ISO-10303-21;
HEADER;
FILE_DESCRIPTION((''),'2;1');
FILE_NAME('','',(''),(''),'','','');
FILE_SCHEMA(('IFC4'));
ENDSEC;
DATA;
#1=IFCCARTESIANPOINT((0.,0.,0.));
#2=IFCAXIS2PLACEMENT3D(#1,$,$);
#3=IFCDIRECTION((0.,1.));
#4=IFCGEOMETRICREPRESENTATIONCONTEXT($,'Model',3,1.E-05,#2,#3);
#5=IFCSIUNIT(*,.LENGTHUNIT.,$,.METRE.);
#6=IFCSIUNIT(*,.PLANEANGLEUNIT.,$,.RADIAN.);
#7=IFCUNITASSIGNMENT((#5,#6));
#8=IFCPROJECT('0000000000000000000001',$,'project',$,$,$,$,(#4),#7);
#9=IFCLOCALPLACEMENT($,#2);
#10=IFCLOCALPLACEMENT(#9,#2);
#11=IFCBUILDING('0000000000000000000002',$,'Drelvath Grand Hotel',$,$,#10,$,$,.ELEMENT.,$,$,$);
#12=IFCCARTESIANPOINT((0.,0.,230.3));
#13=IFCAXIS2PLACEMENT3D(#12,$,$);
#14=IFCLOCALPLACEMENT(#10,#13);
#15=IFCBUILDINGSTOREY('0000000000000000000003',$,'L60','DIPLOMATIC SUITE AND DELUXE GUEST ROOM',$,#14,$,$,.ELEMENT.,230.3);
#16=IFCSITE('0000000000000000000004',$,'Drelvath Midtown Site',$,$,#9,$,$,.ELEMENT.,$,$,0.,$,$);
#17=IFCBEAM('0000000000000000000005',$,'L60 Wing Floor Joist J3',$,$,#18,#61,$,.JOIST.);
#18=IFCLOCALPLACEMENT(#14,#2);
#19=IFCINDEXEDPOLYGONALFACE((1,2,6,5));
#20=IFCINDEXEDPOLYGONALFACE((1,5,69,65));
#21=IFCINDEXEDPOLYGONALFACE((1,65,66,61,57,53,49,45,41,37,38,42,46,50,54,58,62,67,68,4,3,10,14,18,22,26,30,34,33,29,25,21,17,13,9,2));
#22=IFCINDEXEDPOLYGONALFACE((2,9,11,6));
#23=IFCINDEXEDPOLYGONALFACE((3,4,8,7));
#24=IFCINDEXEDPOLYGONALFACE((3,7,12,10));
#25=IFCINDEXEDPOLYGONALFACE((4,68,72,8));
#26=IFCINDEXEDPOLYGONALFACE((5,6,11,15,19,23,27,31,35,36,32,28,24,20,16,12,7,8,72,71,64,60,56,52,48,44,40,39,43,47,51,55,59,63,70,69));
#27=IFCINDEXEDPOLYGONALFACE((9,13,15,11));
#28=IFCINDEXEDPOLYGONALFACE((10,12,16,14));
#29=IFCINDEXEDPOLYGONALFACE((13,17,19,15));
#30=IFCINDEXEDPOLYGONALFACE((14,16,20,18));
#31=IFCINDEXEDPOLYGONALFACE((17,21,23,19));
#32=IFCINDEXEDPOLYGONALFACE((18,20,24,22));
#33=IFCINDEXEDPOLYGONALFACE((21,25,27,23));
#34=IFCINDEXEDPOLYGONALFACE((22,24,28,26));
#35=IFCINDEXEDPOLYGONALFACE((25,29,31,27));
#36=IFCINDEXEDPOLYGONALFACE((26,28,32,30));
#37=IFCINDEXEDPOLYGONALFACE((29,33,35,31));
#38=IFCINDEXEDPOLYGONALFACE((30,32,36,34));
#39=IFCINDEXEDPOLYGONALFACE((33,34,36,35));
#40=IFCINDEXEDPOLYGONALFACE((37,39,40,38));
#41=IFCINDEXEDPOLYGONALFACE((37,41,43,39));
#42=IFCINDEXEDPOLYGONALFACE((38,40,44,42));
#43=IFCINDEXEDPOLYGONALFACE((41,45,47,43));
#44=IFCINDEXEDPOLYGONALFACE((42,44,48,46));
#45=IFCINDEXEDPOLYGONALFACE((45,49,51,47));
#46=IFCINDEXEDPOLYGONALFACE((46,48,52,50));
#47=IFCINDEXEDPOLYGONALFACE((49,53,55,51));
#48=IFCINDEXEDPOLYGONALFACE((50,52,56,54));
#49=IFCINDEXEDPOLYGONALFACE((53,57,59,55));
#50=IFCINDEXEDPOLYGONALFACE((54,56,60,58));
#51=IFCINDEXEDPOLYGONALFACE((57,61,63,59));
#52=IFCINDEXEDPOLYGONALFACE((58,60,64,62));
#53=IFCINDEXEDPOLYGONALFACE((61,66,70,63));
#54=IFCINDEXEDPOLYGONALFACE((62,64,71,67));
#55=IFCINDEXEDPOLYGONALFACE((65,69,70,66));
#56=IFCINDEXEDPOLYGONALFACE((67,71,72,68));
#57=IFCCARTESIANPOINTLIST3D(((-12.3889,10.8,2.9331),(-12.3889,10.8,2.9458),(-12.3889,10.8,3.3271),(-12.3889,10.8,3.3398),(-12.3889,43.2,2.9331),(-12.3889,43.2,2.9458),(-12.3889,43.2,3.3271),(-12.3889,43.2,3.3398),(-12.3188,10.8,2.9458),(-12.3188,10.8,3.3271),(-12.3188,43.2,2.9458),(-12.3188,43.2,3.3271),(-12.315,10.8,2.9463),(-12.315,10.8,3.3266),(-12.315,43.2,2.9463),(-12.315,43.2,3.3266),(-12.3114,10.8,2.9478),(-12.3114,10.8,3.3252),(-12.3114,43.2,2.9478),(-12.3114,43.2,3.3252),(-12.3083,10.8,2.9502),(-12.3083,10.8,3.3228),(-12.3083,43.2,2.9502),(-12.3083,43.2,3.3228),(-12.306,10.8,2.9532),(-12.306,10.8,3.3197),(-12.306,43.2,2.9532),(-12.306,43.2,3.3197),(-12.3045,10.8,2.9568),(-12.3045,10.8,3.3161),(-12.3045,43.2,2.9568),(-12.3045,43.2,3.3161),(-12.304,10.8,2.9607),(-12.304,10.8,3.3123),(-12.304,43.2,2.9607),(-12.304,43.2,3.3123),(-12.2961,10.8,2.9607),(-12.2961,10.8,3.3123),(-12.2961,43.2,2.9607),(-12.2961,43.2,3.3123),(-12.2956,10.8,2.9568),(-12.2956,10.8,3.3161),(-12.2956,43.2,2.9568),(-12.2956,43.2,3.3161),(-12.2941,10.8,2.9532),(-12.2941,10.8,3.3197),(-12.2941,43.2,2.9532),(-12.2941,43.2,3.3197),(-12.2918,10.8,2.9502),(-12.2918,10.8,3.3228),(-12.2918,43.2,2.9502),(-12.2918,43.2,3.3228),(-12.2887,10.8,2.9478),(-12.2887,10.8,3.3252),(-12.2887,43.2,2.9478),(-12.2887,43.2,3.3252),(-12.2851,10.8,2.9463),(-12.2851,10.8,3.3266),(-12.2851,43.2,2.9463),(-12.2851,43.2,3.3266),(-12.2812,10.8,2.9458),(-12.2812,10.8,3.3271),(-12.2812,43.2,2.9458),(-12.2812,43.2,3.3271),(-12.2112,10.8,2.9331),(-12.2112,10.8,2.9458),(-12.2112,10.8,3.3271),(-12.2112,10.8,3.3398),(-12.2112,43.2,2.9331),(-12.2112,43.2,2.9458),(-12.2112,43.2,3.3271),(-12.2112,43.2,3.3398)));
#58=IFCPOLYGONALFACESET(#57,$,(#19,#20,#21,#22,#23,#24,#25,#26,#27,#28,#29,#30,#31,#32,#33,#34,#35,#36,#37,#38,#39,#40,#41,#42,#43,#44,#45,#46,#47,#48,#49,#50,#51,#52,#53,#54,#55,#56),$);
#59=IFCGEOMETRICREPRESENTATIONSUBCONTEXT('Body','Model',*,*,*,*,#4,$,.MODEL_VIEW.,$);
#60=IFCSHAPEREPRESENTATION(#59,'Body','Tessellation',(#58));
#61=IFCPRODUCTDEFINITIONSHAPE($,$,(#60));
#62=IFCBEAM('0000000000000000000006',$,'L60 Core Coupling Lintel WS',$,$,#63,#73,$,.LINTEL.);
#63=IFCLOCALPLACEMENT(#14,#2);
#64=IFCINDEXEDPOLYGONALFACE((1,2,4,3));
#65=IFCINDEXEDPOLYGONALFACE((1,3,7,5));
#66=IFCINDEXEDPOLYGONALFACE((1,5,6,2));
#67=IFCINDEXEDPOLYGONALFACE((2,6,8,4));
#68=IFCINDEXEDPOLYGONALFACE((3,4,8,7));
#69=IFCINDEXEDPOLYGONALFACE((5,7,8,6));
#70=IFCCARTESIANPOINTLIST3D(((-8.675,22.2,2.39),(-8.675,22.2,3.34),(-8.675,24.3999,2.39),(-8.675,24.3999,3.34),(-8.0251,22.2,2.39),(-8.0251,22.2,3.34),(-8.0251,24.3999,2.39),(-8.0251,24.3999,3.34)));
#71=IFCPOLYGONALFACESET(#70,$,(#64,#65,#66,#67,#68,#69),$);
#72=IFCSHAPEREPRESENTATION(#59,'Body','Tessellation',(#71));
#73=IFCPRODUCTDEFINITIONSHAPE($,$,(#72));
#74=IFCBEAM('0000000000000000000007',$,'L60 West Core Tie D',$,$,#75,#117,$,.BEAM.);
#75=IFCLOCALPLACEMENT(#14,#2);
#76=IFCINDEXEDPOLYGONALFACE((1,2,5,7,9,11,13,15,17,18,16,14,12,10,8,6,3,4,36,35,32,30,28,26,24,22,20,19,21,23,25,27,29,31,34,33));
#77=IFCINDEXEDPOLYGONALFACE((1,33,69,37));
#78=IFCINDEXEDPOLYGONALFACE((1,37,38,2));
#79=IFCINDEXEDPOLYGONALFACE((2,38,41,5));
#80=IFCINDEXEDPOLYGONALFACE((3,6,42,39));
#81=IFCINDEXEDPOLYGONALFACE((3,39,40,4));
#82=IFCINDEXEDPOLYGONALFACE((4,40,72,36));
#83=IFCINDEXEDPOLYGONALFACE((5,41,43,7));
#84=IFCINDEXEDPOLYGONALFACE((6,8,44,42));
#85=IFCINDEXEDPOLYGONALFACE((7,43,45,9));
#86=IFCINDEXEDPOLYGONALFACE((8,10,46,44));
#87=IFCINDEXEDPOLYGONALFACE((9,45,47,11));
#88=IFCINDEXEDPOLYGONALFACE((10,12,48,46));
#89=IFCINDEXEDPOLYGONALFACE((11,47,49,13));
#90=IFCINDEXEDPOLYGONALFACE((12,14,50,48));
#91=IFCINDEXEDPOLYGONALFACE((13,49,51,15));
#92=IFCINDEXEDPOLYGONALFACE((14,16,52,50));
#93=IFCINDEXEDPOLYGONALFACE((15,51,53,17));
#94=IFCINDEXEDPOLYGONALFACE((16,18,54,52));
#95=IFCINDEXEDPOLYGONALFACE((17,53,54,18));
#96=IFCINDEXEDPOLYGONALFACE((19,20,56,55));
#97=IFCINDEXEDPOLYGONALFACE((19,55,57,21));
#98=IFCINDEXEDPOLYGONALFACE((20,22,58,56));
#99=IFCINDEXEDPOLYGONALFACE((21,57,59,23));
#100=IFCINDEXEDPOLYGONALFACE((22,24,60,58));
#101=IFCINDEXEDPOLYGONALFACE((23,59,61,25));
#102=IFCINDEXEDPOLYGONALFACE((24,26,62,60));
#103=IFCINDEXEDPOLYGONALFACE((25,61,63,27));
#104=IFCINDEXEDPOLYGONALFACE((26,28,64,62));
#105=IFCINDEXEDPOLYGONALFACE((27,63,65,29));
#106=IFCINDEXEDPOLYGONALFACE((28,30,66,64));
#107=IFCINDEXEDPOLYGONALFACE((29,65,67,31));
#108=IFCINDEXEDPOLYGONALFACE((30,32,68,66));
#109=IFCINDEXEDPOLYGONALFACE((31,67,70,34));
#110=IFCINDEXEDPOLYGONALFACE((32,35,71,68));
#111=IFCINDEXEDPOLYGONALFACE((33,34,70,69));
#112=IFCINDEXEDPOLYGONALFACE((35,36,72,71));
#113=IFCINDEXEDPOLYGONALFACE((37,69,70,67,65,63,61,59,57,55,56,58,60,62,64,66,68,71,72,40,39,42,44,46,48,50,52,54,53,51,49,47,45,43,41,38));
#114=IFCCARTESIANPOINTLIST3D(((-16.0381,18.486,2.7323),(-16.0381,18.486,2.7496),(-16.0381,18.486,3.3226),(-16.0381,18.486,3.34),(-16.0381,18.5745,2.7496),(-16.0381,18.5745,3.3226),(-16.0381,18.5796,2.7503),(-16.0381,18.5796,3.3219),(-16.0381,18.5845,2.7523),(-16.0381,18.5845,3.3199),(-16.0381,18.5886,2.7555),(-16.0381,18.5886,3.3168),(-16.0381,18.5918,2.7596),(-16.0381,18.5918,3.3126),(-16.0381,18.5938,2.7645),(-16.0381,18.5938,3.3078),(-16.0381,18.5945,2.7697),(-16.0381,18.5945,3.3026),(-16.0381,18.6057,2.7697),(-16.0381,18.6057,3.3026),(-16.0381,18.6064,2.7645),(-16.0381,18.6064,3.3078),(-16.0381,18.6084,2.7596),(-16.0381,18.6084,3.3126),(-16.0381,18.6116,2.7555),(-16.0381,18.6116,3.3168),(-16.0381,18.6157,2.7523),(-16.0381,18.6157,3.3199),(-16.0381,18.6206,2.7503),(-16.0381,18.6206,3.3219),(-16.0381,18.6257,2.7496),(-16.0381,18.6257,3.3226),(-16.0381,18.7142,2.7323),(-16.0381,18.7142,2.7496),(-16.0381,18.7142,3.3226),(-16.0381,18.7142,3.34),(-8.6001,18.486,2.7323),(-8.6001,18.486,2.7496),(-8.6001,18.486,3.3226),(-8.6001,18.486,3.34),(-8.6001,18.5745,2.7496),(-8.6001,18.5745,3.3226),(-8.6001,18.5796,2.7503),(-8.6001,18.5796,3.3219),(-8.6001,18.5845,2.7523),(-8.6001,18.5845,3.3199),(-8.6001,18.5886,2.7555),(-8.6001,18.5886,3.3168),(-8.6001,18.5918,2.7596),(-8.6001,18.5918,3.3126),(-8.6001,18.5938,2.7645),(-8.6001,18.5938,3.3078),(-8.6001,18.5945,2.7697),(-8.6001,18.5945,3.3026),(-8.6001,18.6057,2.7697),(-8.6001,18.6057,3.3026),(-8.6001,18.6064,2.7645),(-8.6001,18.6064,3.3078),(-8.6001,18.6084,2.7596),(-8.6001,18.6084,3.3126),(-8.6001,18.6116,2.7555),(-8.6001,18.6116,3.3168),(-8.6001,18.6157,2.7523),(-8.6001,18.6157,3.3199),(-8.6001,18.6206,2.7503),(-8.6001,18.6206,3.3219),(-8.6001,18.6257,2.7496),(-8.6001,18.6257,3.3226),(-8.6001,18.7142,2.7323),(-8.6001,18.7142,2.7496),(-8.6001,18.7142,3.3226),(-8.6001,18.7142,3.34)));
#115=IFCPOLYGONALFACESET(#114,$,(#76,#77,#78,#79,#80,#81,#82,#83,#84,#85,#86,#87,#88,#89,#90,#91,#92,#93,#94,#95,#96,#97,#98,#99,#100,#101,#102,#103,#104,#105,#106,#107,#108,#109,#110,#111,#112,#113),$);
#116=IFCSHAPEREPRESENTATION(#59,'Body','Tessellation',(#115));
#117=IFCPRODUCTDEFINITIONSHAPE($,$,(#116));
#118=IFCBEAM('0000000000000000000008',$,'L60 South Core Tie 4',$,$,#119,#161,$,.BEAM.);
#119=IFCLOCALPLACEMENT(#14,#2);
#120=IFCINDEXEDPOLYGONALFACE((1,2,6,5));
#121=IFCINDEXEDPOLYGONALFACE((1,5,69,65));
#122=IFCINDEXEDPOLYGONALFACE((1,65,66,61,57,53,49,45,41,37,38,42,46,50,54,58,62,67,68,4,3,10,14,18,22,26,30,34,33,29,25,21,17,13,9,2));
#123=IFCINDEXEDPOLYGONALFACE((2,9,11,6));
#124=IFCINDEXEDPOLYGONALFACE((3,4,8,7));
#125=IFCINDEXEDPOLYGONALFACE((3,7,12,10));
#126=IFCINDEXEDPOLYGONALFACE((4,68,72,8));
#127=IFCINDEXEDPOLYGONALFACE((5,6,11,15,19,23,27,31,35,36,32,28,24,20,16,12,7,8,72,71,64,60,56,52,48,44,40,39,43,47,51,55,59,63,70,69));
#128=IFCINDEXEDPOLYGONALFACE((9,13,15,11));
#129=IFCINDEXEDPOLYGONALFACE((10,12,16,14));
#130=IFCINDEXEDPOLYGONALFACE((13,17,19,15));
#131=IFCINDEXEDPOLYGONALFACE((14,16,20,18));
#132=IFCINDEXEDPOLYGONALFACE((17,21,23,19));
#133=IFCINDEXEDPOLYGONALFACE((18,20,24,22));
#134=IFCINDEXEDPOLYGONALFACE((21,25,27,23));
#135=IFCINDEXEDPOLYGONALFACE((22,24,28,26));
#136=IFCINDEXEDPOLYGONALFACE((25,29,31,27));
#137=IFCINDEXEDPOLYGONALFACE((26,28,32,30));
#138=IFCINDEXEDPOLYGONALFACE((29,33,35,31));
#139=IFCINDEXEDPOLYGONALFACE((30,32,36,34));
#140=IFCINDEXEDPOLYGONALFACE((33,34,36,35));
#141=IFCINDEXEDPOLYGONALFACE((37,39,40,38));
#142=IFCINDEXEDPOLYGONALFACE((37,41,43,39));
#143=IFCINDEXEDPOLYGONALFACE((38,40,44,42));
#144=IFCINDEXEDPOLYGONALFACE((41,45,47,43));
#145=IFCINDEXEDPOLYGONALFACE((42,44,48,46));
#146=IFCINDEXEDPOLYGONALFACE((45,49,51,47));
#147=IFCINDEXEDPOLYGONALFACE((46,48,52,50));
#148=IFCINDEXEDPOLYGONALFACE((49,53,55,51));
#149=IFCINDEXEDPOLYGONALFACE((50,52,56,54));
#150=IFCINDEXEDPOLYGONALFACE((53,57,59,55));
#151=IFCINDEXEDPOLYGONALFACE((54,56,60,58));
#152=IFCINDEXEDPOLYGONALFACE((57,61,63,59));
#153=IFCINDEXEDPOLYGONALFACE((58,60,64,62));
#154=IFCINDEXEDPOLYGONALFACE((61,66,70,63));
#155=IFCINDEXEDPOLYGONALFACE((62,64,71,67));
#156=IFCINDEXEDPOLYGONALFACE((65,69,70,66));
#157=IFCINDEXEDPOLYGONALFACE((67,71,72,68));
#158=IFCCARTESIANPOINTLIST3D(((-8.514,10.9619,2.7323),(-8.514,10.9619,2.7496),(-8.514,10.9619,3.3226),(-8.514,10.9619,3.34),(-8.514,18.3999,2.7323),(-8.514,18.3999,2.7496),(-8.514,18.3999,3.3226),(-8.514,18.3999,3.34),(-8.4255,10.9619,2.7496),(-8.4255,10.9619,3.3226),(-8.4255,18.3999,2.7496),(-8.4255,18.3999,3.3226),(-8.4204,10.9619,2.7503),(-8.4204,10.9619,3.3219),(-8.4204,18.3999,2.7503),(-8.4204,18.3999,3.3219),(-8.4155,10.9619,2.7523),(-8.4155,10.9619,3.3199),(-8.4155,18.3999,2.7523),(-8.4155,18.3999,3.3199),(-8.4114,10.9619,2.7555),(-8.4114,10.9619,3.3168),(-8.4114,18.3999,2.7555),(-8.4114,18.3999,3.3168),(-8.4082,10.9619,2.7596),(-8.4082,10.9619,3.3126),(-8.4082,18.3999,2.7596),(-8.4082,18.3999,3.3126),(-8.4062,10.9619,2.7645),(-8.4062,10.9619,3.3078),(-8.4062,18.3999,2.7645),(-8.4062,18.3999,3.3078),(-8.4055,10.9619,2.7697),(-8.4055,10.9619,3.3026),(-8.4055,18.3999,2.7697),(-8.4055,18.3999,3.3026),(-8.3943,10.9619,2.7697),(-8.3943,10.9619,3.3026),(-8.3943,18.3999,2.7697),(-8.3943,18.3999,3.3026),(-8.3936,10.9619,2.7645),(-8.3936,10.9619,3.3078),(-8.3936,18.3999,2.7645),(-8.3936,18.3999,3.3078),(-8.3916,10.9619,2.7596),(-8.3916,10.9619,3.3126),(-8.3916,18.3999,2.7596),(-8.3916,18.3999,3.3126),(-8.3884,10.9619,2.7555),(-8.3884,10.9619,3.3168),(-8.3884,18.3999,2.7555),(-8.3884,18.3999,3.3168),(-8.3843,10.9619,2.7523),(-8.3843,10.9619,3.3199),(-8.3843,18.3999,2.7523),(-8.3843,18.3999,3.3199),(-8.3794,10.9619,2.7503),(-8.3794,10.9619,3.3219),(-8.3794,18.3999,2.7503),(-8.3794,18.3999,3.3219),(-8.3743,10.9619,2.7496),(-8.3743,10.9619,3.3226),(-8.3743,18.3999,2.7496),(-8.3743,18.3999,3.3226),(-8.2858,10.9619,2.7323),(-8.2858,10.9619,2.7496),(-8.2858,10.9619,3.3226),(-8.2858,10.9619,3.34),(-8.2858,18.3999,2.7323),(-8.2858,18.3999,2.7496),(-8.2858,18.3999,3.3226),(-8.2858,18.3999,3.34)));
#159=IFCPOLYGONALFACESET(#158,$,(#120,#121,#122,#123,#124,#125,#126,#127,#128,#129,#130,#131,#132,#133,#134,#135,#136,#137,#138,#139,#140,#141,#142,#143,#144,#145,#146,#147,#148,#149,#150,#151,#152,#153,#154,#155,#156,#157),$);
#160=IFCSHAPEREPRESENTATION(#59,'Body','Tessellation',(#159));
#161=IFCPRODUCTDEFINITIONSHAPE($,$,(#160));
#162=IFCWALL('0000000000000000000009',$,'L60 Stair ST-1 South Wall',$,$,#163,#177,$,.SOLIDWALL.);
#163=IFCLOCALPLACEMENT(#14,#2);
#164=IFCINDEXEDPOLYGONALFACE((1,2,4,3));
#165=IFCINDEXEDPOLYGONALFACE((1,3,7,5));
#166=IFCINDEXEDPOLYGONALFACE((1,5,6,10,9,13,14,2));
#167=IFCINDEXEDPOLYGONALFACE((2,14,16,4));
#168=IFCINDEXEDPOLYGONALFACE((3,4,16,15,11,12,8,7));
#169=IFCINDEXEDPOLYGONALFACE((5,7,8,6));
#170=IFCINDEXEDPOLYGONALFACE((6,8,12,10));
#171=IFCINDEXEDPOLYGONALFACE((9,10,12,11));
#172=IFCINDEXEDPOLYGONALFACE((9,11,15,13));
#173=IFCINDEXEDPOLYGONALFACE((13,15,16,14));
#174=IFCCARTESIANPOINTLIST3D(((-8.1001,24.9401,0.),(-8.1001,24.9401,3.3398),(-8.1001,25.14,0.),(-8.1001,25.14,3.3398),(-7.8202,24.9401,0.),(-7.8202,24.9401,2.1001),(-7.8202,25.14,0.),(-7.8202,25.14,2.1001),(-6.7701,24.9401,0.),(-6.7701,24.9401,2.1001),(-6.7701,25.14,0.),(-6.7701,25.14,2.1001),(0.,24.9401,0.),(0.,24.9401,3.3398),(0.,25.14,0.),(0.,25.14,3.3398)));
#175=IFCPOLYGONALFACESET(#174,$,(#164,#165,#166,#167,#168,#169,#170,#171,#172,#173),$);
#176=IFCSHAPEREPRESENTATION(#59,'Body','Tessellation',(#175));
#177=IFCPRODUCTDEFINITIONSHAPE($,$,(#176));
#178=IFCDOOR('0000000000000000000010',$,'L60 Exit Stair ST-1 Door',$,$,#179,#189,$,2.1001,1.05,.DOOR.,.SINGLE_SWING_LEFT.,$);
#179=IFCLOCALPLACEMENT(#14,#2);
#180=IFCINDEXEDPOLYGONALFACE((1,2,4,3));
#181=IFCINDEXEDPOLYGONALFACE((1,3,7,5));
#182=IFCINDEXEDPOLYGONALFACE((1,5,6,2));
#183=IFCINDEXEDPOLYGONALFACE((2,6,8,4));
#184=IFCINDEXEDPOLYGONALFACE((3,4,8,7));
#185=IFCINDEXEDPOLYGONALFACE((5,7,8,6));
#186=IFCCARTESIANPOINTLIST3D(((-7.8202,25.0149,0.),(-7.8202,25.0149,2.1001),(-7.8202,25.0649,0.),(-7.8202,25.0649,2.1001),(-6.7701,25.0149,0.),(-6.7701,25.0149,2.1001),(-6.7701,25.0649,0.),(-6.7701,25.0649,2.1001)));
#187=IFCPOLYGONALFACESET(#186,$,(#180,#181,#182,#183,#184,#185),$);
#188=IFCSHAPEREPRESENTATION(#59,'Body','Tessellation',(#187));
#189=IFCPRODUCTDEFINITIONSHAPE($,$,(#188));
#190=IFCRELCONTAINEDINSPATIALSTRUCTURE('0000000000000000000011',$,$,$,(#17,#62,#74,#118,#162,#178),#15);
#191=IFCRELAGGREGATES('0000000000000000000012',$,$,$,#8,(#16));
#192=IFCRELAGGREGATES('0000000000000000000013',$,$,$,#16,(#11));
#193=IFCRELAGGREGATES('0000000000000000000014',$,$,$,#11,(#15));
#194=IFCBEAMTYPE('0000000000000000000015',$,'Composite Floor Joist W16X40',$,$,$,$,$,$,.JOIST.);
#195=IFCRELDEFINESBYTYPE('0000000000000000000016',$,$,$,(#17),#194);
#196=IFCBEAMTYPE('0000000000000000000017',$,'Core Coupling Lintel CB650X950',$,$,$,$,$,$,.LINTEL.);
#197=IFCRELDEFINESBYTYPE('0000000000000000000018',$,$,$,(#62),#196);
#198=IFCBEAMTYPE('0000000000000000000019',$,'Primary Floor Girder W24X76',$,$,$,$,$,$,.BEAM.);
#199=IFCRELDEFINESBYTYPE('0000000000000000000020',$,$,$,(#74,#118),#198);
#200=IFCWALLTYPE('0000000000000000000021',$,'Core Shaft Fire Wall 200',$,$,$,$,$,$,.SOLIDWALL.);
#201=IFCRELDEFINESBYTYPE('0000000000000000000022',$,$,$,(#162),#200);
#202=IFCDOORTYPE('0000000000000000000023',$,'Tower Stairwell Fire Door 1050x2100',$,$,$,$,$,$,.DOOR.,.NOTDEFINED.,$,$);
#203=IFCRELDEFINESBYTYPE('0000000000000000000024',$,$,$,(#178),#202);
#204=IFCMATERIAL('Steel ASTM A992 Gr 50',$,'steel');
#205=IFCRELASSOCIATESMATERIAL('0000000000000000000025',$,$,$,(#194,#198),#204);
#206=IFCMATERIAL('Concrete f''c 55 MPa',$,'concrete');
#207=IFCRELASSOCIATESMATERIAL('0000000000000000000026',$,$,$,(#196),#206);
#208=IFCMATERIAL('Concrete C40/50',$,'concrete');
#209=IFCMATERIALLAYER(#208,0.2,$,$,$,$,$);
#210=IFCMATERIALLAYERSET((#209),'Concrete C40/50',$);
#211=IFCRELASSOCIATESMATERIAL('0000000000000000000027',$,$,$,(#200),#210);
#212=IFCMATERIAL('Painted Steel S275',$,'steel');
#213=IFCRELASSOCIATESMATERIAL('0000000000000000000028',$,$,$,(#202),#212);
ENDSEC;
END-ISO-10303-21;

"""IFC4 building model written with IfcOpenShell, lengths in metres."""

from ifc_helpers import new_model, si_unit, direction, frame, frame_2d, origin, origin_2d, place, context, subcontext, project, spatial, rectangle, i_section, extrude, material, layer, layer_set, material_profile, profile_set, type_object, element, fill, save


model = new_model("IFC4")

# Units and contexts
model_context = context("Model", 3, precision=1e-05, world=origin(), true_north=direction((0.0, 1.0)))
body_context = subcontext(model_context, "Body", "Model", "MODEL_VIEW")
ifc_project = project(units=[si_unit("LENGTHUNIT", "METRE"), si_unit("PLANEANGLEUNIT", "RADIAN")], contexts=[model_context])

# Site, building, storey
site_placement = place(None, origin())
site = spatial("IfcSite", under=ifc_project, at=site_placement, Name="Drelvath Midtown Site", CompositionType="ELEMENT", RefElevation=0.0)
building_placement = place(site_placement, origin())
building = spatial("IfcBuilding", under=site, at=building_placement, Name="Drelvath Grand Hotel", CompositionType="ELEMENT")
storey_placement = place(building_placement, frame((0.0, 0.0, 230.3)))
storey = spatial("IfcBuildingStorey", under=building, at=storey_placement, Name="L60", Description="DIPLOMATIC SUITE AND DELUXE GUEST ROOM", CompositionType="ELEMENT", Elevation=230.3)

# Beams
ifc_material_1 = material(Name="Steel ASTM A992 Gr 50", Category="steel")
ifc_material_profile_1 = material_profile(ifc_material_1, i_section(OverallWidth=0.1777, OverallDepth=0.4067, WebThickness=0.0078, FlangeThickness=0.0127, FilletRadius=0.0149, at=origin_2d()), Name="W16X40")
ifc_profile_set_1 = profile_set([ifc_material_profile_1], Name="Steel ASTM A992 Gr 50")
beam_type_1 = type_object("IfcBeamType", Name="Composite Floor Joist W16X40", PredefinedType="JOIST", material=ifc_profile_set_1)
beam_1_placement = place(storey_placement, frame((-12.3, 10.8, 3.1365), z_axis=(0.0, 1.0, 0.0), x_axis=(-1.0, 0.0, 0.0)))
element("IfcBeam", 1, at=beam_1_placement, inside=storey, type_object=beam_type_1, Name="L60 Wing Floor Joist J3", PredefinedType="JOIST", context=body_context, shape_type="SweptSolid", body=[
    extrude(i_section(OverallWidth=0.1777, OverallDepth=0.4067, WebThickness=0.0078, FlangeThickness=0.0127, FilletRadius=0.0149, at=origin_2d()), origin(), (0.0, 0.0, 1.0), 32.3999),
])
ifc_material_2 = material(Name="Concrete f'c 55 MPa", Category="concrete")
ifc_material_profile_2 = material_profile(ifc_material_2, rectangle(XDim=0.6499, YDim=0.95, at=origin_2d()), Name="CB650X950")
ifc_profile_set_2 = profile_set([ifc_material_profile_2], Name="Concrete f'c 55 MPa")
beam_type_2 = type_object("IfcBeamType", Name="Core Coupling Lintel CB650X950", PredefinedType="LINTEL", material=ifc_profile_set_2)
beam_2_placement = place(storey_placement, frame((-8.3501, 22.2, 2.865), z_axis=(0.0, 1.0, 0.0), x_axis=(-1.0, 0.0, 0.0)))
element("IfcBeam", 2, at=beam_2_placement, inside=storey, type_object=beam_type_2, Name="L60 Core Coupling Lintel WS", PredefinedType="LINTEL", context=body_context, shape_type="SweptSolid", body=[
    extrude(rectangle(XDim=0.6499, YDim=0.95, at=origin_2d()), origin(), (0.0, 0.0, 1.0), 2.2),
])
ifc_material_profile_3 = material_profile(ifc_material_1, i_section(OverallWidth=0.2283, OverallDepth=0.6077, WebThickness=0.0112, FlangeThickness=0.0173, FilletRadius=0.02, at=origin_2d()), Name="W24X76")
ifc_profile_set_3 = profile_set([ifc_material_profile_3], Name="Steel ASTM A992 Gr 50")
beam_type_3 = type_object("IfcBeamType", Name="Primary Floor Girder W24X76", PredefinedType="BEAM", material=ifc_profile_set_3)
for number, where, z_axis, x_axis, name in (
    (3, (-16.0381, 18.6001, 3.0361), (1.0, 0.0, 0.0), (0.0, 1.0, 0.0), "L60 West Core Tie D"),
    (4, (-8.3999, 10.9619, 3.0361), (0.0, 1.0, 0.0), (-1.0, 0.0, 0.0), "L60 South Core Tie 4"),
):
    element("IfcBeam", number, at=place(storey_placement, frame(where, z_axis=z_axis, x_axis=x_axis)), inside=storey, type_object=beam_type_3, Name=name, PredefinedType="BEAM", context=body_context, shape_type="SweptSolid", body=[
        extrude(i_section(OverallWidth=0.2283, OverallDepth=0.6077, WebThickness=0.0112, FlangeThickness=0.0173, FilletRadius=0.02, at=origin_2d()), origin(), (0.0, 0.0, 1.0), 7.438),
    ])

# Wall, opening, door
ifc_material_3 = material(Name="Concrete C40/50", Category="concrete")
ifc_layer_1 = layer(ifc_material_3, 0.2)
ifc_layer_set_1 = layer_set([ifc_layer_1], Name="Concrete C40/50")
wall_type_1 = type_object("IfcWallType", Name="Core Shaft Fire Wall 200", PredefinedType="SOLIDWALL", material=ifc_layer_set_1)
wall_1_placement = place(storey_placement, frame((-8.1001, 25.04, 0.0), z_axis=(0.0, 0.0, 1.0), x_axis=(1.0, 0.0, 0.0)))
wall_1 = element("IfcWall", 5, at=wall_1_placement, inside=storey, type_object=wall_type_1, Name="L60 Stair ST-1 South Wall", PredefinedType="SOLIDWALL", context=body_context, shape_type="SweptSolid", body=[
    extrude(rectangle(XDim=8.1001, YDim=0.2, at=frame_2d((4.05, 0.0))), origin(), (0.0, 0.0, 1.0), 3.3398),
])
opening_1_placement = place(wall_1_placement, frame((0.28, 0.0, 0.0)))
opening_1 = element("IfcOpeningElement", 6, at=opening_1_placement, cuts=wall_1, PredefinedType="OPENING", context=body_context, shape_type="SweptSolid", body=[
    extrude(rectangle(XDim=1.05, YDim=2.1001, at=frame_2d((0.5249, 1.05))), frame((0.0, 0.1099, 0.0), z_axis=(0.0, -1.0, 0.0), x_axis=(1.0, 0.0, 0.0)), (0.0, 0.0, 1.0), 0.22),
])
ifc_material_4 = material(Name="Painted Steel S275", Category="steel")
door_type_1 = type_object("IfcDoorType", Name="Tower Stairwell Fire Door 1050x2100", OperationType="NOTDEFINED", PredefinedType="DOOR", material=ifc_material_4)
door_1_placement = place(opening_1_placement, origin())
door_1 = element("IfcDoor", 7, at=door_1_placement, inside=storey, type_object=door_type_1, Name="L60 Exit Stair ST-1 Door", OperationType="SINGLE_SWING_LEFT", OverallHeight=2.1001, OverallWidth=1.05, PredefinedType="DOOR", context=body_context, shape_type="SweptSolid", body=[
    extrude(rectangle(XDim=1.05, YDim=2.1001, at=frame_2d((0.5249, 1.05))), frame((0.0, 0.0249, 0.0), z_axis=(0.0, -1.0, 0.0), x_axis=(1.0, 0.0, 0.0)), (0.0, 0.0, 1.0), 0.05),
])
fill(opening_1, door_1)

save(model, "model.ifc")
